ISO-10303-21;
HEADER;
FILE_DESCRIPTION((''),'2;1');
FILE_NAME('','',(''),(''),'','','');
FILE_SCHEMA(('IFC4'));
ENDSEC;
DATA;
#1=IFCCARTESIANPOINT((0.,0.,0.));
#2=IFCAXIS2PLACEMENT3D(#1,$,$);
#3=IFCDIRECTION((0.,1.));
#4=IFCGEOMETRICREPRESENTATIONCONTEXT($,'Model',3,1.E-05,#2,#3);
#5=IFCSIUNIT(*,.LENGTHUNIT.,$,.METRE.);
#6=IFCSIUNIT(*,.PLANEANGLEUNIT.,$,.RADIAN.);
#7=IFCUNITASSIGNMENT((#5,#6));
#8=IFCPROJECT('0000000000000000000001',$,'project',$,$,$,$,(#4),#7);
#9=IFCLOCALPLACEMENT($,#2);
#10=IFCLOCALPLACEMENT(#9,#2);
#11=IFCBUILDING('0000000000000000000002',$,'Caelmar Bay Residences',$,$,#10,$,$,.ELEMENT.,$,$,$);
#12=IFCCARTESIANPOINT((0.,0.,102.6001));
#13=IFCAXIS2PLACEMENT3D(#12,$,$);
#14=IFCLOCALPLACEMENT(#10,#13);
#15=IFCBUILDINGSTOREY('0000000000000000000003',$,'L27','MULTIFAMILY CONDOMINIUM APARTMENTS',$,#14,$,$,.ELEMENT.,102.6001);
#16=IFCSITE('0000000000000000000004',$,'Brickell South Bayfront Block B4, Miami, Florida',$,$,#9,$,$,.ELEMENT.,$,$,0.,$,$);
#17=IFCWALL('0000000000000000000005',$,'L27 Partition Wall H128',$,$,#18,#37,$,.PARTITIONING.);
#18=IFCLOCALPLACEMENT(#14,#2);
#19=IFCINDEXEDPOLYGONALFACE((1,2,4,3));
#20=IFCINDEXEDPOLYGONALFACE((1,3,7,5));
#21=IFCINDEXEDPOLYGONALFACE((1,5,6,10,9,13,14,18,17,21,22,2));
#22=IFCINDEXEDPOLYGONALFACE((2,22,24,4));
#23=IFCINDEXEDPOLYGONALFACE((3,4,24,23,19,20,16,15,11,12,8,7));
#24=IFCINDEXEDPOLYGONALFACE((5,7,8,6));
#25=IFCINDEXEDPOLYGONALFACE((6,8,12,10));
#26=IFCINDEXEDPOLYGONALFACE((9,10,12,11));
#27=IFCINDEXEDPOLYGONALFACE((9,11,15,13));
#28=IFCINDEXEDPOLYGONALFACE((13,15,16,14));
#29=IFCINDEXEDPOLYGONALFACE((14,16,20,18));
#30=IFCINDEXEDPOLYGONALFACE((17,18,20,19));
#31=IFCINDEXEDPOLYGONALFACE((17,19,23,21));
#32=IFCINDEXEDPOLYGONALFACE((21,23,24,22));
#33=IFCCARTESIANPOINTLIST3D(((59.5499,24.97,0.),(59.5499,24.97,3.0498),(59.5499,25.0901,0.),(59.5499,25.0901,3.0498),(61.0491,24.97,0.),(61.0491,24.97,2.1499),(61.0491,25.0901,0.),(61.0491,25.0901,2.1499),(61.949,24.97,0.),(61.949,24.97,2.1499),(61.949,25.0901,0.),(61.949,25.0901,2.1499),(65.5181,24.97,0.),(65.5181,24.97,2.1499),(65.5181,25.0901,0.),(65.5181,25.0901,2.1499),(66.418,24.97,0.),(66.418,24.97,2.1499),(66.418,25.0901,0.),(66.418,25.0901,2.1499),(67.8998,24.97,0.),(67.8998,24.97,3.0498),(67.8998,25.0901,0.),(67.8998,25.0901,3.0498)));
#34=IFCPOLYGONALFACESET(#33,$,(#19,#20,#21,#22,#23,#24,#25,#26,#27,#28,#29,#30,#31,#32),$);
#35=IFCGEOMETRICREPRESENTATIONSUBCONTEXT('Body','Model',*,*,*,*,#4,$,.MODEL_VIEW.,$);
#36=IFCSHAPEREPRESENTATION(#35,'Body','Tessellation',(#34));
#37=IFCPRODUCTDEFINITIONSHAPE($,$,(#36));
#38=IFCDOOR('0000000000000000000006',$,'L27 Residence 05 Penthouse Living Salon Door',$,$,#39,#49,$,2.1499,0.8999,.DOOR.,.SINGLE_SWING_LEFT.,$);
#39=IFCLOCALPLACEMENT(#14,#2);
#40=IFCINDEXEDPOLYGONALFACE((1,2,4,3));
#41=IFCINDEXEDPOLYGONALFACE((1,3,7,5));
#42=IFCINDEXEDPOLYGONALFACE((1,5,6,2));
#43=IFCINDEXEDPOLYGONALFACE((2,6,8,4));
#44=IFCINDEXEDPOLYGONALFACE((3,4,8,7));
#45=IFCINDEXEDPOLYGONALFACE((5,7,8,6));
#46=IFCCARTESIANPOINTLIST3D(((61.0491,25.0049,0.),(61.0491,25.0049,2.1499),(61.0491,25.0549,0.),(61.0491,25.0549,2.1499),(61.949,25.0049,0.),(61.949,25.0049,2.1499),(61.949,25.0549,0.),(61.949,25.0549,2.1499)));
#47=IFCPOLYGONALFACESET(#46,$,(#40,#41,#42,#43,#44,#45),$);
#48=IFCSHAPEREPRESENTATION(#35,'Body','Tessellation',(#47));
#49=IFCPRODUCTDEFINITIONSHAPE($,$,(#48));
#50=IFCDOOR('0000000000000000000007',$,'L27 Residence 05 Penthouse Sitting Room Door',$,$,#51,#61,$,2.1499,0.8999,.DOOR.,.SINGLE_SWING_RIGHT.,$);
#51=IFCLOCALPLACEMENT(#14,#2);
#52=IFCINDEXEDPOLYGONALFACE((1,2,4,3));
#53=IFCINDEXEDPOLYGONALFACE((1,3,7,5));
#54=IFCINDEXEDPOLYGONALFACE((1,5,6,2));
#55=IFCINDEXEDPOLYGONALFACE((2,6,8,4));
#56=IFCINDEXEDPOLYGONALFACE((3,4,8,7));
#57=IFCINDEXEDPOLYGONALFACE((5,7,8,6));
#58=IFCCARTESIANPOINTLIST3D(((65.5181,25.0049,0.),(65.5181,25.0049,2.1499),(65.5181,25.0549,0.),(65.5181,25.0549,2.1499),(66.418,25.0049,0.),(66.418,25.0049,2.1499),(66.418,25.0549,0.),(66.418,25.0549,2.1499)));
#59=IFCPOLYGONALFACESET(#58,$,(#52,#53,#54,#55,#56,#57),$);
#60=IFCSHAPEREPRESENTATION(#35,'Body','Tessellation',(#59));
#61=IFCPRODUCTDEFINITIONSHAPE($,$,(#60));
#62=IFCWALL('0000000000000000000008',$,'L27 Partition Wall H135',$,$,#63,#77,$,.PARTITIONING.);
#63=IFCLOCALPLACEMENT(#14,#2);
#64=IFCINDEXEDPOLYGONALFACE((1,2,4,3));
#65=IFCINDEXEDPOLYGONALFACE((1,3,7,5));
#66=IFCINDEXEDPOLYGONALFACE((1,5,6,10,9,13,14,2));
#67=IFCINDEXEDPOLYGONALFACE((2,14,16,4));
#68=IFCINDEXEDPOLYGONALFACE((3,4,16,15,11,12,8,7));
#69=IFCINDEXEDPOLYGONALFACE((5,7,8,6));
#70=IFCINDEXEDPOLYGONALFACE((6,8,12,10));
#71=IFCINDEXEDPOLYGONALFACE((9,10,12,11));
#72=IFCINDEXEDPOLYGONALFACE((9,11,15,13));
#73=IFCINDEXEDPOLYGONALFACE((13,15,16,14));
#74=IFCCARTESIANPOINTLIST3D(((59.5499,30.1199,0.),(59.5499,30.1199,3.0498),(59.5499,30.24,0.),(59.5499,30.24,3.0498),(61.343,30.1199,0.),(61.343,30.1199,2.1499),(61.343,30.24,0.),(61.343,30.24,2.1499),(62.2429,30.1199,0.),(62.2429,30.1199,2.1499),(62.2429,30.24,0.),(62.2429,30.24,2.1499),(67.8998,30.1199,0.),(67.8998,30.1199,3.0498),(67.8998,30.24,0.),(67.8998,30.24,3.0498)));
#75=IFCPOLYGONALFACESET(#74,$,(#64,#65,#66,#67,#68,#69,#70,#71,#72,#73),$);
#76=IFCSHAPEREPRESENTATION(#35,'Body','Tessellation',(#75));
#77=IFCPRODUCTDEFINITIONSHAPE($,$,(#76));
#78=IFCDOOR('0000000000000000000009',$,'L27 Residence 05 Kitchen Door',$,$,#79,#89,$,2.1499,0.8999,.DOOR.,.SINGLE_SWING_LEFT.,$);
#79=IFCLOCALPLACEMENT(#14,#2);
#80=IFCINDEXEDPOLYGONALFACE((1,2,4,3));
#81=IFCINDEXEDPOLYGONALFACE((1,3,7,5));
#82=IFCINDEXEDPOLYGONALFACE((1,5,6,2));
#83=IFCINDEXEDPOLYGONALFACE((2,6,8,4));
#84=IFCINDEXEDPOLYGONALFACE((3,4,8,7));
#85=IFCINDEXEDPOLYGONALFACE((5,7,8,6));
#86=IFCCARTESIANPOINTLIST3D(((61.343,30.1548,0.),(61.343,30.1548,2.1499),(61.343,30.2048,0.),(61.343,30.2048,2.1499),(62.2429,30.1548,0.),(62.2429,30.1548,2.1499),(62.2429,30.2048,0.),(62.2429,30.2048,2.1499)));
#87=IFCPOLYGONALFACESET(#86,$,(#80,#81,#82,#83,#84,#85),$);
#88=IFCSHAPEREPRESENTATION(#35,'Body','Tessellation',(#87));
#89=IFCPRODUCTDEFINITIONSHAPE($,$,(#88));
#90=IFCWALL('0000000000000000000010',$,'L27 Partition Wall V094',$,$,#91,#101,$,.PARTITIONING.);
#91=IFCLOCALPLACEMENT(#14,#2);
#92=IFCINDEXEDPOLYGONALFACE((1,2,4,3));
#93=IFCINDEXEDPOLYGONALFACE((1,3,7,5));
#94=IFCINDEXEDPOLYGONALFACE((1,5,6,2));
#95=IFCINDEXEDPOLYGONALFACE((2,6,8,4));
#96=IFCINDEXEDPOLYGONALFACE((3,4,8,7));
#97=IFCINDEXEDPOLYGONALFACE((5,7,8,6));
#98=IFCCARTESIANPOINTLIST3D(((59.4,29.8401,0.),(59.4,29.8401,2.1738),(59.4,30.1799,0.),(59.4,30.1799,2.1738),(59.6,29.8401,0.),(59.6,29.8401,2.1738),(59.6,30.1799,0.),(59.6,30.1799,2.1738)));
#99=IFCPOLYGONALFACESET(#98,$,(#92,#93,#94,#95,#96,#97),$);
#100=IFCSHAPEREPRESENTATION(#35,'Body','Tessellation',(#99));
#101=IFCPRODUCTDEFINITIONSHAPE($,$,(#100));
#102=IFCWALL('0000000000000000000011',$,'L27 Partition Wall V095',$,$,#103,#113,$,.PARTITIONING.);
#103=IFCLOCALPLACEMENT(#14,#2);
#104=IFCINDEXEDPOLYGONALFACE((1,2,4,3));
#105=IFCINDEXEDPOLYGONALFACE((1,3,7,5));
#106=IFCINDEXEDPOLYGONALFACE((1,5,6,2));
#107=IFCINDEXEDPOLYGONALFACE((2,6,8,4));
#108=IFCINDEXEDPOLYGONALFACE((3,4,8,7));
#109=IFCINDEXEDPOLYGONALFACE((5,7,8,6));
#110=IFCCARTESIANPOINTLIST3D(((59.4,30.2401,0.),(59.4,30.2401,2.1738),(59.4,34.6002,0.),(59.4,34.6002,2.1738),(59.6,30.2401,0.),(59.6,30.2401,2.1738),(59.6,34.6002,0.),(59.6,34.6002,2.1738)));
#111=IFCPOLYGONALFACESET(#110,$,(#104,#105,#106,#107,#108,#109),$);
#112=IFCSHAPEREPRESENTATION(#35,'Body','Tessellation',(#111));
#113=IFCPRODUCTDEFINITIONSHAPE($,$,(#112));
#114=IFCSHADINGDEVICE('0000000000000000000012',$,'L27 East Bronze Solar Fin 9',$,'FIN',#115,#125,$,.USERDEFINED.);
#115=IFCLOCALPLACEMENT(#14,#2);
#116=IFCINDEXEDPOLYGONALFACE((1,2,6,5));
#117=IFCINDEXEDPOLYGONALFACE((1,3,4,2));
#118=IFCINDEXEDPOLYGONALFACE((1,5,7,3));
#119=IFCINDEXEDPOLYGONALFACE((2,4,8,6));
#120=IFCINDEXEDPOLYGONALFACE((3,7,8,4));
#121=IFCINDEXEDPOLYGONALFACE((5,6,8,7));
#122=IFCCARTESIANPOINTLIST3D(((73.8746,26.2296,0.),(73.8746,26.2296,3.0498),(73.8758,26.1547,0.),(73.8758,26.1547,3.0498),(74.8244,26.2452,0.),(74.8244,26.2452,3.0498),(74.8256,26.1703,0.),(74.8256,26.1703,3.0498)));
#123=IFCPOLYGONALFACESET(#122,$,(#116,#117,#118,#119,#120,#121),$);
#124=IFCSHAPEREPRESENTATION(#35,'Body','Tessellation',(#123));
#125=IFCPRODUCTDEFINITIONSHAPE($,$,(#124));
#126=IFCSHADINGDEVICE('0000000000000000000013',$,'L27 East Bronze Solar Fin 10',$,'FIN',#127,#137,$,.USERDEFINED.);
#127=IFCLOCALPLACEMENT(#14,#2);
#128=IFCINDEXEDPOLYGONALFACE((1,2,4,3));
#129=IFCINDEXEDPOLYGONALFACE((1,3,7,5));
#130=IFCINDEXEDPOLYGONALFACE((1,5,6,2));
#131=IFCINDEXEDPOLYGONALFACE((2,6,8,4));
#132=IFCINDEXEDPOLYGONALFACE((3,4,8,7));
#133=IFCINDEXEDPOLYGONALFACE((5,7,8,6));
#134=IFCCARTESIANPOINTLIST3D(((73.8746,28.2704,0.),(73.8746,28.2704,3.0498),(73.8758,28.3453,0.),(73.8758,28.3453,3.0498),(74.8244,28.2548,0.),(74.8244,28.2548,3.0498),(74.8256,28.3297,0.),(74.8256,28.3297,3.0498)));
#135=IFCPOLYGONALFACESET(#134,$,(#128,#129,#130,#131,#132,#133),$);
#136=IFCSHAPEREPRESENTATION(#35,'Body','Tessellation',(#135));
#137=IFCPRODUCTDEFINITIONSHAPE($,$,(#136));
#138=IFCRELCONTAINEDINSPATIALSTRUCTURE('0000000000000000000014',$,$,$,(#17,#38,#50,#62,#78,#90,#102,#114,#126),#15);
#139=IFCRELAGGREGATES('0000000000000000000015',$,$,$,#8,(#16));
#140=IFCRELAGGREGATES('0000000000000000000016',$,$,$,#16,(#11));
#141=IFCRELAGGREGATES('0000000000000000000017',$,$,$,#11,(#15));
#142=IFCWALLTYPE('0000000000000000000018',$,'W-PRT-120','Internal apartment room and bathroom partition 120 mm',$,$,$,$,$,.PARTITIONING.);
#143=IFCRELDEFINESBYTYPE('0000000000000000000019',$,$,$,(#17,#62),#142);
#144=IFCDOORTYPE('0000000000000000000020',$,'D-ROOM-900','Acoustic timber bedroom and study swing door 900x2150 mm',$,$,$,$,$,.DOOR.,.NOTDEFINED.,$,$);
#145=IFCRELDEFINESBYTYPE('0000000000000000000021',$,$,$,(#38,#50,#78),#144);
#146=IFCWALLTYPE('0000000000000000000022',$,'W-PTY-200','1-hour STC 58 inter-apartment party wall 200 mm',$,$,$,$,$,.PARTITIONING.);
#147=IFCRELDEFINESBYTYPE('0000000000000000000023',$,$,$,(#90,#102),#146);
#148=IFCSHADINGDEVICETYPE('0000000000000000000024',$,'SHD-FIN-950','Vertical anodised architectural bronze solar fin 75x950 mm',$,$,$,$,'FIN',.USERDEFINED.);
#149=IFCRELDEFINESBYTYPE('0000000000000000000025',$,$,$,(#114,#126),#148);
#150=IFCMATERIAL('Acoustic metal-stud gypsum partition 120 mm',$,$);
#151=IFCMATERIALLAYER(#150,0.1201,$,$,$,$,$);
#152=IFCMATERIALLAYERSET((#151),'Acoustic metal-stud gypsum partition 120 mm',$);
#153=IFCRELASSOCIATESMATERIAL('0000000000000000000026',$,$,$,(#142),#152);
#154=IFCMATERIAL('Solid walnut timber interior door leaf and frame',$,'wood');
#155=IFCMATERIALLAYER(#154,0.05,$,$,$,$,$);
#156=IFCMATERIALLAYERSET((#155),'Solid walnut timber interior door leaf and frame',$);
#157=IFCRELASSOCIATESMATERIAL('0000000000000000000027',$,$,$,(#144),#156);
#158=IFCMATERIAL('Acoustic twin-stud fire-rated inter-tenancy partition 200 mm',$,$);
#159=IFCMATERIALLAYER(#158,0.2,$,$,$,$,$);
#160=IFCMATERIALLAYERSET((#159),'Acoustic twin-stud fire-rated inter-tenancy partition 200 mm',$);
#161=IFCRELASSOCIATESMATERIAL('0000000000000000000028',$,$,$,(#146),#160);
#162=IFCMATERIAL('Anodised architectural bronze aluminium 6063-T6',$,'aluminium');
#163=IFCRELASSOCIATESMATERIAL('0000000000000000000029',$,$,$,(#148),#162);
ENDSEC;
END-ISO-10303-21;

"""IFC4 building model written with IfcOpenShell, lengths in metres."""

from ifc_helpers import new_model, si_unit, direction, frame, frame_2d, origin, origin_2d, place, context, subcontext, project, spatial, rectangle, extrude, material, layer, layer_set, material_profile, profile_set, type_object, element, fill, save


model = new_model("IFC4")

# Units and contexts
model_context = context("Model", 3, precision=1e-05, world=origin(), true_north=direction((0.0, 1.0)))
body_context = subcontext(model_context, "Body", "Model", "MODEL_VIEW")
ifc_project = project(units=[si_unit("LENGTHUNIT", "METRE"), si_unit("PLANEANGLEUNIT", "RADIAN")], contexts=[model_context])

# Site, building, storey
site_placement = place(None, origin())
site = spatial("IfcSite", under=ifc_project, at=site_placement, Name="Brickell South Bayfront Block B4, Miami, Florida", CompositionType="ELEMENT", RefElevation=0.0)
building_placement = place(site_placement, origin())
building = spatial("IfcBuilding", under=site, at=building_placement, Name="Caelmar Bay Residences", CompositionType="ELEMENT")
storey_placement = place(building_placement, frame((0.0, 0.0, 102.6001)))
storey = spatial("IfcBuildingStorey", under=building, at=storey_placement, Name="L27", Description="MULTIFAMILY CONDOMINIUM APARTMENTS", CompositionType="ELEMENT", Elevation=102.6001)

# Shared definitions
ifc_material_1 = material(Name="Acoustic metal-stud gypsum partition 120 mm")
ifc_layer_1 = layer(ifc_material_1, 0.1201)
ifc_layer_set_1 = layer_set([ifc_layer_1], Name="Acoustic metal-stud gypsum partition 120 mm")
wall_type_1 = type_object("IfcWallType", Name="W-PRT-120", Description="Internal apartment room and bathroom partition 120 mm", PredefinedType="PARTITIONING", material=ifc_layer_set_1)

# Shared definitions
ifc_material_2 = material(Name="Solid walnut timber interior door leaf and frame", Category="wood")
ifc_layer_2 = layer(ifc_material_2, 0.05)
ifc_layer_set_2 = layer_set([ifc_layer_2], Name="Solid walnut timber interior door leaf and frame")
door_type = type_object("IfcDoorType", Name="D-ROOM-900", Description="Acoustic timber bedroom and study swing door 900x2150 mm", OperationType="NOTDEFINED", PredefinedType="DOOR", material=ifc_layer_set_2)

# Wall, openings, doors
wall_1_placement = place(storey_placement, frame((59.55, 25.03, 0.0), z_axis=(0.0, 0.0, 1.0), x_axis=(1.0, 0.0, 0.0)))
wall_1 = element("IfcWall", 1, at=wall_1_placement, inside=storey, type_object=wall_type_1, Name="L27 Partition Wall H128", PredefinedType="PARTITIONING", context=body_context, shape_type="SweptSolid", body=[
    extrude(rectangle(XDim=8.3499, YDim=0.1201, at=frame_2d((4.1748, 0.0))), origin(), (0.0, 0.0, 1.0), 3.0498),
])
opening_1_placement = place(wall_1_placement, frame((1.499, 0.0, 0.0)))
opening_1 = element("IfcOpeningElement", 2, at=opening_1_placement, cuts=wall_1, PredefinedType="OPENING", context=body_context, shape_type="SweptSolid", body=[
    extrude(rectangle(XDim=0.8999, YDim=2.1499, at=frame_2d((0.45, 1.075))), frame((0.0, 0.0701, 0.0), z_axis=(0.0, -1.0, 0.0), x_axis=(1.0, 0.0, 0.0)), (0.0, 0.0, 1.0), 0.1401),
])
opening_2_placement = place(wall_1_placement, frame((5.968, 0.0, 0.0)))
opening_2 = element("IfcOpeningElement", 3, at=opening_2_placement, cuts=wall_1, PredefinedType="OPENING", context=body_context, shape_type="SweptSolid", body=[
    extrude(rectangle(XDim=0.8999, YDim=2.1499, at=frame_2d((0.45, 1.075))), frame((0.0, 0.0701, 0.0), z_axis=(0.0, -1.0, 0.0), x_axis=(1.0, 0.0, 0.0)), (0.0, 0.0, 1.0), 0.1401),
])
door_1_placement = place(opening_1_placement, origin())
door_1 = element("IfcDoor", 4, at=door_1_placement, inside=storey, type_object=door_type, Name="L27 Residence 05 Penthouse Living Salon Door", OperationType="SINGLE_SWING_LEFT", OverallHeight=2.1499, OverallWidth=0.8999, PredefinedType="DOOR", context=body_context, shape_type="SweptSolid", body=[
    extrude(rectangle(XDim=0.8999, YDim=2.1499, at=frame_2d((0.45, 1.075))), frame((0.0, 0.0249, 0.0), z_axis=(0.0, -1.0, 0.0), x_axis=(1.0, 0.0, 0.0)), (0.0, 0.0, 1.0), 0.05),
])
fill(opening_1, door_1)
door_2_placement = place(opening_2_placement, origin())
door_2 = element("IfcDoor", 5, at=door_2_placement, inside=storey, type_object=door_type, Name="L27 Residence 05 Penthouse Sitting Room Door", OperationType="SINGLE_SWING_RIGHT", OverallHeight=2.1499, OverallWidth=0.8999, PredefinedType="DOOR", context=body_context, shape_type="SweptSolid", body=[
    extrude(rectangle(XDim=0.8999, YDim=2.1499, at=frame_2d((0.45, 1.075))), frame((0.0, 0.0249, 0.0), z_axis=(0.0, -1.0, 0.0), x_axis=(1.0, 0.0, 0.0)), (0.0, 0.0, 1.0), 0.05),
])
fill(opening_2, door_2)

# Wall, opening, door
wall_2_placement = place(storey_placement, frame((59.55, 30.1799, 0.0), z_axis=(0.0, 0.0, 1.0), x_axis=(1.0, 0.0, 0.0)))
wall_2 = element("IfcWall", 6, at=wall_2_placement, inside=storey, type_object=wall_type_1, Name="L27 Partition Wall H135", PredefinedType="PARTITIONING", context=body_context, shape_type="SweptSolid", body=[
    extrude(rectangle(XDim=8.3499, YDim=0.1201, at=frame_2d((4.1748, 0.0))), origin(), (0.0, 0.0, 1.0), 3.0498),
])
opening_3_placement = place(wall_2_placement, frame((1.793, 0.0, 0.0)))
opening_3 = element("IfcOpeningElement", 7, at=opening_3_placement, cuts=wall_2, PredefinedType="OPENING", context=body_context, shape_type="SweptSolid", body=[
    extrude(rectangle(XDim=0.8999, YDim=2.1499, at=frame_2d((0.45, 1.075))), frame((0.0, 0.0701, 0.0), z_axis=(0.0, -1.0, 0.0), x_axis=(1.0, 0.0, 0.0)), (0.0, 0.0, 1.0), 0.1401),
])
door_3_placement = place(opening_3_placement, origin())
door_3 = element("IfcDoor", 8, at=door_3_placement, inside=storey, type_object=door_type, Name="L27 Residence 05 Kitchen Door", OperationType="SINGLE_SWING_LEFT", OverallHeight=2.1499, OverallWidth=0.8999, PredefinedType="DOOR", context=body_context, shape_type="SweptSolid", body=[
    extrude(rectangle(XDim=0.8999, YDim=2.1499, at=frame_2d((0.45, 1.075))), frame((0.0, 0.0249, 0.0), z_axis=(0.0, -1.0, 0.0), x_axis=(1.0, 0.0, 0.0)), (0.0, 0.0, 1.0), 0.05),
])
fill(opening_3, door_3)

# Walls
ifc_material_3 = material(Name="Acoustic twin-stud fire-rated inter-tenancy partition 200 mm")
ifc_layer_3 = layer(ifc_material_3, 0.2)
ifc_layer_set_3 = layer_set([ifc_layer_3], Name="Acoustic twin-stud fire-rated inter-tenancy partition 200 mm")
wall_type_2 = type_object("IfcWallType", Name="W-PTY-200", Description="1-hour STC 58 inter-apartment party wall 200 mm", PredefinedType="PARTITIONING", material=ifc_layer_set_3)
wall_3_placement = place(storey_placement, frame((59.5, 29.8401, 0.0), z_axis=(0.0, 0.0, 1.0), x_axis=(0.0, 1.0, 0.0)))
element("IfcWall", 9, at=wall_3_placement, inside=storey, type_object=wall_type_2, Name="L27 Partition Wall V094", PredefinedType="PARTITIONING", context=body_context, shape_type="SweptSolid", body=[
    extrude(rectangle(XDim=0.3398, YDim=0.2, at=frame_2d((0.1699, 0.0))), origin(), (0.0, 0.0, 1.0), 2.1738),
])
wall_4_placement = place(storey_placement, frame((59.5, 30.24, 0.0), z_axis=(0.0, 0.0, 1.0), x_axis=(0.0, 1.0, 0.0)))
element("IfcWall", 10, at=wall_4_placement, inside=storey, type_object=wall_type_2, Name="L27 Partition Wall V095", PredefinedType="PARTITIONING", context=body_context, shape_type="SweptSolid", body=[
    extrude(rectangle(XDim=4.3601, YDim=0.2, at=frame_2d((2.1802, 0.0))), origin(), (0.0, 0.0, 1.0), 2.1738),
])

# Shading devices
ifc_material_4 = material(Name="Anodised architectural bronze aluminium 6063-T6", Category="aluminium")
ifc_material_profile_1 = material_profile(ifc_material_4, rectangle(XDim=0.075, YDim=0.95, at=origin_2d()), Name="BRONZE-FIN-75X950")
ifc_profile_set_1 = profile_set([ifc_material_profile_1], Name="Anodised architectural bronze aluminium 6063-T6")
shading_device_type = type_object("IfcShadingDeviceType", Name="SHD-FIN-950", Description="Vertical anodised architectural bronze solar fin 75x950 mm", ElementType="FIN", PredefinedType="USERDEFINED", material=ifc_profile_set_1)
for number, where, z_axis, x_axis, name in (
    (11, (74.3501, 26.2, 0.0), (0.0, 0.0, 1.0), (-0.016405, 0.999865, 0.0), "L27 East Bronze Solar Fin 9"),
    (12, (74.3501, 28.3, 0.0), (0.0, 0.0, 1.0), (0.016405, 0.999865, 0.0), "L27 East Bronze Solar Fin 10"),
):
    element("IfcShadingDevice", number, at=place(storey_placement, frame(where, z_axis=z_axis, x_axis=x_axis)), inside=storey, type_object=shading_device_type, Name=name, ObjectType="FIN", PredefinedType="USERDEFINED", context=body_context, shape_type="SweptSolid", body=[
        extrude(rectangle(XDim=0.075, YDim=0.95, at=origin_2d()), origin(), (0.0, 0.0, 1.0), 3.0498),
    ])

save(model, "model.ifc")
